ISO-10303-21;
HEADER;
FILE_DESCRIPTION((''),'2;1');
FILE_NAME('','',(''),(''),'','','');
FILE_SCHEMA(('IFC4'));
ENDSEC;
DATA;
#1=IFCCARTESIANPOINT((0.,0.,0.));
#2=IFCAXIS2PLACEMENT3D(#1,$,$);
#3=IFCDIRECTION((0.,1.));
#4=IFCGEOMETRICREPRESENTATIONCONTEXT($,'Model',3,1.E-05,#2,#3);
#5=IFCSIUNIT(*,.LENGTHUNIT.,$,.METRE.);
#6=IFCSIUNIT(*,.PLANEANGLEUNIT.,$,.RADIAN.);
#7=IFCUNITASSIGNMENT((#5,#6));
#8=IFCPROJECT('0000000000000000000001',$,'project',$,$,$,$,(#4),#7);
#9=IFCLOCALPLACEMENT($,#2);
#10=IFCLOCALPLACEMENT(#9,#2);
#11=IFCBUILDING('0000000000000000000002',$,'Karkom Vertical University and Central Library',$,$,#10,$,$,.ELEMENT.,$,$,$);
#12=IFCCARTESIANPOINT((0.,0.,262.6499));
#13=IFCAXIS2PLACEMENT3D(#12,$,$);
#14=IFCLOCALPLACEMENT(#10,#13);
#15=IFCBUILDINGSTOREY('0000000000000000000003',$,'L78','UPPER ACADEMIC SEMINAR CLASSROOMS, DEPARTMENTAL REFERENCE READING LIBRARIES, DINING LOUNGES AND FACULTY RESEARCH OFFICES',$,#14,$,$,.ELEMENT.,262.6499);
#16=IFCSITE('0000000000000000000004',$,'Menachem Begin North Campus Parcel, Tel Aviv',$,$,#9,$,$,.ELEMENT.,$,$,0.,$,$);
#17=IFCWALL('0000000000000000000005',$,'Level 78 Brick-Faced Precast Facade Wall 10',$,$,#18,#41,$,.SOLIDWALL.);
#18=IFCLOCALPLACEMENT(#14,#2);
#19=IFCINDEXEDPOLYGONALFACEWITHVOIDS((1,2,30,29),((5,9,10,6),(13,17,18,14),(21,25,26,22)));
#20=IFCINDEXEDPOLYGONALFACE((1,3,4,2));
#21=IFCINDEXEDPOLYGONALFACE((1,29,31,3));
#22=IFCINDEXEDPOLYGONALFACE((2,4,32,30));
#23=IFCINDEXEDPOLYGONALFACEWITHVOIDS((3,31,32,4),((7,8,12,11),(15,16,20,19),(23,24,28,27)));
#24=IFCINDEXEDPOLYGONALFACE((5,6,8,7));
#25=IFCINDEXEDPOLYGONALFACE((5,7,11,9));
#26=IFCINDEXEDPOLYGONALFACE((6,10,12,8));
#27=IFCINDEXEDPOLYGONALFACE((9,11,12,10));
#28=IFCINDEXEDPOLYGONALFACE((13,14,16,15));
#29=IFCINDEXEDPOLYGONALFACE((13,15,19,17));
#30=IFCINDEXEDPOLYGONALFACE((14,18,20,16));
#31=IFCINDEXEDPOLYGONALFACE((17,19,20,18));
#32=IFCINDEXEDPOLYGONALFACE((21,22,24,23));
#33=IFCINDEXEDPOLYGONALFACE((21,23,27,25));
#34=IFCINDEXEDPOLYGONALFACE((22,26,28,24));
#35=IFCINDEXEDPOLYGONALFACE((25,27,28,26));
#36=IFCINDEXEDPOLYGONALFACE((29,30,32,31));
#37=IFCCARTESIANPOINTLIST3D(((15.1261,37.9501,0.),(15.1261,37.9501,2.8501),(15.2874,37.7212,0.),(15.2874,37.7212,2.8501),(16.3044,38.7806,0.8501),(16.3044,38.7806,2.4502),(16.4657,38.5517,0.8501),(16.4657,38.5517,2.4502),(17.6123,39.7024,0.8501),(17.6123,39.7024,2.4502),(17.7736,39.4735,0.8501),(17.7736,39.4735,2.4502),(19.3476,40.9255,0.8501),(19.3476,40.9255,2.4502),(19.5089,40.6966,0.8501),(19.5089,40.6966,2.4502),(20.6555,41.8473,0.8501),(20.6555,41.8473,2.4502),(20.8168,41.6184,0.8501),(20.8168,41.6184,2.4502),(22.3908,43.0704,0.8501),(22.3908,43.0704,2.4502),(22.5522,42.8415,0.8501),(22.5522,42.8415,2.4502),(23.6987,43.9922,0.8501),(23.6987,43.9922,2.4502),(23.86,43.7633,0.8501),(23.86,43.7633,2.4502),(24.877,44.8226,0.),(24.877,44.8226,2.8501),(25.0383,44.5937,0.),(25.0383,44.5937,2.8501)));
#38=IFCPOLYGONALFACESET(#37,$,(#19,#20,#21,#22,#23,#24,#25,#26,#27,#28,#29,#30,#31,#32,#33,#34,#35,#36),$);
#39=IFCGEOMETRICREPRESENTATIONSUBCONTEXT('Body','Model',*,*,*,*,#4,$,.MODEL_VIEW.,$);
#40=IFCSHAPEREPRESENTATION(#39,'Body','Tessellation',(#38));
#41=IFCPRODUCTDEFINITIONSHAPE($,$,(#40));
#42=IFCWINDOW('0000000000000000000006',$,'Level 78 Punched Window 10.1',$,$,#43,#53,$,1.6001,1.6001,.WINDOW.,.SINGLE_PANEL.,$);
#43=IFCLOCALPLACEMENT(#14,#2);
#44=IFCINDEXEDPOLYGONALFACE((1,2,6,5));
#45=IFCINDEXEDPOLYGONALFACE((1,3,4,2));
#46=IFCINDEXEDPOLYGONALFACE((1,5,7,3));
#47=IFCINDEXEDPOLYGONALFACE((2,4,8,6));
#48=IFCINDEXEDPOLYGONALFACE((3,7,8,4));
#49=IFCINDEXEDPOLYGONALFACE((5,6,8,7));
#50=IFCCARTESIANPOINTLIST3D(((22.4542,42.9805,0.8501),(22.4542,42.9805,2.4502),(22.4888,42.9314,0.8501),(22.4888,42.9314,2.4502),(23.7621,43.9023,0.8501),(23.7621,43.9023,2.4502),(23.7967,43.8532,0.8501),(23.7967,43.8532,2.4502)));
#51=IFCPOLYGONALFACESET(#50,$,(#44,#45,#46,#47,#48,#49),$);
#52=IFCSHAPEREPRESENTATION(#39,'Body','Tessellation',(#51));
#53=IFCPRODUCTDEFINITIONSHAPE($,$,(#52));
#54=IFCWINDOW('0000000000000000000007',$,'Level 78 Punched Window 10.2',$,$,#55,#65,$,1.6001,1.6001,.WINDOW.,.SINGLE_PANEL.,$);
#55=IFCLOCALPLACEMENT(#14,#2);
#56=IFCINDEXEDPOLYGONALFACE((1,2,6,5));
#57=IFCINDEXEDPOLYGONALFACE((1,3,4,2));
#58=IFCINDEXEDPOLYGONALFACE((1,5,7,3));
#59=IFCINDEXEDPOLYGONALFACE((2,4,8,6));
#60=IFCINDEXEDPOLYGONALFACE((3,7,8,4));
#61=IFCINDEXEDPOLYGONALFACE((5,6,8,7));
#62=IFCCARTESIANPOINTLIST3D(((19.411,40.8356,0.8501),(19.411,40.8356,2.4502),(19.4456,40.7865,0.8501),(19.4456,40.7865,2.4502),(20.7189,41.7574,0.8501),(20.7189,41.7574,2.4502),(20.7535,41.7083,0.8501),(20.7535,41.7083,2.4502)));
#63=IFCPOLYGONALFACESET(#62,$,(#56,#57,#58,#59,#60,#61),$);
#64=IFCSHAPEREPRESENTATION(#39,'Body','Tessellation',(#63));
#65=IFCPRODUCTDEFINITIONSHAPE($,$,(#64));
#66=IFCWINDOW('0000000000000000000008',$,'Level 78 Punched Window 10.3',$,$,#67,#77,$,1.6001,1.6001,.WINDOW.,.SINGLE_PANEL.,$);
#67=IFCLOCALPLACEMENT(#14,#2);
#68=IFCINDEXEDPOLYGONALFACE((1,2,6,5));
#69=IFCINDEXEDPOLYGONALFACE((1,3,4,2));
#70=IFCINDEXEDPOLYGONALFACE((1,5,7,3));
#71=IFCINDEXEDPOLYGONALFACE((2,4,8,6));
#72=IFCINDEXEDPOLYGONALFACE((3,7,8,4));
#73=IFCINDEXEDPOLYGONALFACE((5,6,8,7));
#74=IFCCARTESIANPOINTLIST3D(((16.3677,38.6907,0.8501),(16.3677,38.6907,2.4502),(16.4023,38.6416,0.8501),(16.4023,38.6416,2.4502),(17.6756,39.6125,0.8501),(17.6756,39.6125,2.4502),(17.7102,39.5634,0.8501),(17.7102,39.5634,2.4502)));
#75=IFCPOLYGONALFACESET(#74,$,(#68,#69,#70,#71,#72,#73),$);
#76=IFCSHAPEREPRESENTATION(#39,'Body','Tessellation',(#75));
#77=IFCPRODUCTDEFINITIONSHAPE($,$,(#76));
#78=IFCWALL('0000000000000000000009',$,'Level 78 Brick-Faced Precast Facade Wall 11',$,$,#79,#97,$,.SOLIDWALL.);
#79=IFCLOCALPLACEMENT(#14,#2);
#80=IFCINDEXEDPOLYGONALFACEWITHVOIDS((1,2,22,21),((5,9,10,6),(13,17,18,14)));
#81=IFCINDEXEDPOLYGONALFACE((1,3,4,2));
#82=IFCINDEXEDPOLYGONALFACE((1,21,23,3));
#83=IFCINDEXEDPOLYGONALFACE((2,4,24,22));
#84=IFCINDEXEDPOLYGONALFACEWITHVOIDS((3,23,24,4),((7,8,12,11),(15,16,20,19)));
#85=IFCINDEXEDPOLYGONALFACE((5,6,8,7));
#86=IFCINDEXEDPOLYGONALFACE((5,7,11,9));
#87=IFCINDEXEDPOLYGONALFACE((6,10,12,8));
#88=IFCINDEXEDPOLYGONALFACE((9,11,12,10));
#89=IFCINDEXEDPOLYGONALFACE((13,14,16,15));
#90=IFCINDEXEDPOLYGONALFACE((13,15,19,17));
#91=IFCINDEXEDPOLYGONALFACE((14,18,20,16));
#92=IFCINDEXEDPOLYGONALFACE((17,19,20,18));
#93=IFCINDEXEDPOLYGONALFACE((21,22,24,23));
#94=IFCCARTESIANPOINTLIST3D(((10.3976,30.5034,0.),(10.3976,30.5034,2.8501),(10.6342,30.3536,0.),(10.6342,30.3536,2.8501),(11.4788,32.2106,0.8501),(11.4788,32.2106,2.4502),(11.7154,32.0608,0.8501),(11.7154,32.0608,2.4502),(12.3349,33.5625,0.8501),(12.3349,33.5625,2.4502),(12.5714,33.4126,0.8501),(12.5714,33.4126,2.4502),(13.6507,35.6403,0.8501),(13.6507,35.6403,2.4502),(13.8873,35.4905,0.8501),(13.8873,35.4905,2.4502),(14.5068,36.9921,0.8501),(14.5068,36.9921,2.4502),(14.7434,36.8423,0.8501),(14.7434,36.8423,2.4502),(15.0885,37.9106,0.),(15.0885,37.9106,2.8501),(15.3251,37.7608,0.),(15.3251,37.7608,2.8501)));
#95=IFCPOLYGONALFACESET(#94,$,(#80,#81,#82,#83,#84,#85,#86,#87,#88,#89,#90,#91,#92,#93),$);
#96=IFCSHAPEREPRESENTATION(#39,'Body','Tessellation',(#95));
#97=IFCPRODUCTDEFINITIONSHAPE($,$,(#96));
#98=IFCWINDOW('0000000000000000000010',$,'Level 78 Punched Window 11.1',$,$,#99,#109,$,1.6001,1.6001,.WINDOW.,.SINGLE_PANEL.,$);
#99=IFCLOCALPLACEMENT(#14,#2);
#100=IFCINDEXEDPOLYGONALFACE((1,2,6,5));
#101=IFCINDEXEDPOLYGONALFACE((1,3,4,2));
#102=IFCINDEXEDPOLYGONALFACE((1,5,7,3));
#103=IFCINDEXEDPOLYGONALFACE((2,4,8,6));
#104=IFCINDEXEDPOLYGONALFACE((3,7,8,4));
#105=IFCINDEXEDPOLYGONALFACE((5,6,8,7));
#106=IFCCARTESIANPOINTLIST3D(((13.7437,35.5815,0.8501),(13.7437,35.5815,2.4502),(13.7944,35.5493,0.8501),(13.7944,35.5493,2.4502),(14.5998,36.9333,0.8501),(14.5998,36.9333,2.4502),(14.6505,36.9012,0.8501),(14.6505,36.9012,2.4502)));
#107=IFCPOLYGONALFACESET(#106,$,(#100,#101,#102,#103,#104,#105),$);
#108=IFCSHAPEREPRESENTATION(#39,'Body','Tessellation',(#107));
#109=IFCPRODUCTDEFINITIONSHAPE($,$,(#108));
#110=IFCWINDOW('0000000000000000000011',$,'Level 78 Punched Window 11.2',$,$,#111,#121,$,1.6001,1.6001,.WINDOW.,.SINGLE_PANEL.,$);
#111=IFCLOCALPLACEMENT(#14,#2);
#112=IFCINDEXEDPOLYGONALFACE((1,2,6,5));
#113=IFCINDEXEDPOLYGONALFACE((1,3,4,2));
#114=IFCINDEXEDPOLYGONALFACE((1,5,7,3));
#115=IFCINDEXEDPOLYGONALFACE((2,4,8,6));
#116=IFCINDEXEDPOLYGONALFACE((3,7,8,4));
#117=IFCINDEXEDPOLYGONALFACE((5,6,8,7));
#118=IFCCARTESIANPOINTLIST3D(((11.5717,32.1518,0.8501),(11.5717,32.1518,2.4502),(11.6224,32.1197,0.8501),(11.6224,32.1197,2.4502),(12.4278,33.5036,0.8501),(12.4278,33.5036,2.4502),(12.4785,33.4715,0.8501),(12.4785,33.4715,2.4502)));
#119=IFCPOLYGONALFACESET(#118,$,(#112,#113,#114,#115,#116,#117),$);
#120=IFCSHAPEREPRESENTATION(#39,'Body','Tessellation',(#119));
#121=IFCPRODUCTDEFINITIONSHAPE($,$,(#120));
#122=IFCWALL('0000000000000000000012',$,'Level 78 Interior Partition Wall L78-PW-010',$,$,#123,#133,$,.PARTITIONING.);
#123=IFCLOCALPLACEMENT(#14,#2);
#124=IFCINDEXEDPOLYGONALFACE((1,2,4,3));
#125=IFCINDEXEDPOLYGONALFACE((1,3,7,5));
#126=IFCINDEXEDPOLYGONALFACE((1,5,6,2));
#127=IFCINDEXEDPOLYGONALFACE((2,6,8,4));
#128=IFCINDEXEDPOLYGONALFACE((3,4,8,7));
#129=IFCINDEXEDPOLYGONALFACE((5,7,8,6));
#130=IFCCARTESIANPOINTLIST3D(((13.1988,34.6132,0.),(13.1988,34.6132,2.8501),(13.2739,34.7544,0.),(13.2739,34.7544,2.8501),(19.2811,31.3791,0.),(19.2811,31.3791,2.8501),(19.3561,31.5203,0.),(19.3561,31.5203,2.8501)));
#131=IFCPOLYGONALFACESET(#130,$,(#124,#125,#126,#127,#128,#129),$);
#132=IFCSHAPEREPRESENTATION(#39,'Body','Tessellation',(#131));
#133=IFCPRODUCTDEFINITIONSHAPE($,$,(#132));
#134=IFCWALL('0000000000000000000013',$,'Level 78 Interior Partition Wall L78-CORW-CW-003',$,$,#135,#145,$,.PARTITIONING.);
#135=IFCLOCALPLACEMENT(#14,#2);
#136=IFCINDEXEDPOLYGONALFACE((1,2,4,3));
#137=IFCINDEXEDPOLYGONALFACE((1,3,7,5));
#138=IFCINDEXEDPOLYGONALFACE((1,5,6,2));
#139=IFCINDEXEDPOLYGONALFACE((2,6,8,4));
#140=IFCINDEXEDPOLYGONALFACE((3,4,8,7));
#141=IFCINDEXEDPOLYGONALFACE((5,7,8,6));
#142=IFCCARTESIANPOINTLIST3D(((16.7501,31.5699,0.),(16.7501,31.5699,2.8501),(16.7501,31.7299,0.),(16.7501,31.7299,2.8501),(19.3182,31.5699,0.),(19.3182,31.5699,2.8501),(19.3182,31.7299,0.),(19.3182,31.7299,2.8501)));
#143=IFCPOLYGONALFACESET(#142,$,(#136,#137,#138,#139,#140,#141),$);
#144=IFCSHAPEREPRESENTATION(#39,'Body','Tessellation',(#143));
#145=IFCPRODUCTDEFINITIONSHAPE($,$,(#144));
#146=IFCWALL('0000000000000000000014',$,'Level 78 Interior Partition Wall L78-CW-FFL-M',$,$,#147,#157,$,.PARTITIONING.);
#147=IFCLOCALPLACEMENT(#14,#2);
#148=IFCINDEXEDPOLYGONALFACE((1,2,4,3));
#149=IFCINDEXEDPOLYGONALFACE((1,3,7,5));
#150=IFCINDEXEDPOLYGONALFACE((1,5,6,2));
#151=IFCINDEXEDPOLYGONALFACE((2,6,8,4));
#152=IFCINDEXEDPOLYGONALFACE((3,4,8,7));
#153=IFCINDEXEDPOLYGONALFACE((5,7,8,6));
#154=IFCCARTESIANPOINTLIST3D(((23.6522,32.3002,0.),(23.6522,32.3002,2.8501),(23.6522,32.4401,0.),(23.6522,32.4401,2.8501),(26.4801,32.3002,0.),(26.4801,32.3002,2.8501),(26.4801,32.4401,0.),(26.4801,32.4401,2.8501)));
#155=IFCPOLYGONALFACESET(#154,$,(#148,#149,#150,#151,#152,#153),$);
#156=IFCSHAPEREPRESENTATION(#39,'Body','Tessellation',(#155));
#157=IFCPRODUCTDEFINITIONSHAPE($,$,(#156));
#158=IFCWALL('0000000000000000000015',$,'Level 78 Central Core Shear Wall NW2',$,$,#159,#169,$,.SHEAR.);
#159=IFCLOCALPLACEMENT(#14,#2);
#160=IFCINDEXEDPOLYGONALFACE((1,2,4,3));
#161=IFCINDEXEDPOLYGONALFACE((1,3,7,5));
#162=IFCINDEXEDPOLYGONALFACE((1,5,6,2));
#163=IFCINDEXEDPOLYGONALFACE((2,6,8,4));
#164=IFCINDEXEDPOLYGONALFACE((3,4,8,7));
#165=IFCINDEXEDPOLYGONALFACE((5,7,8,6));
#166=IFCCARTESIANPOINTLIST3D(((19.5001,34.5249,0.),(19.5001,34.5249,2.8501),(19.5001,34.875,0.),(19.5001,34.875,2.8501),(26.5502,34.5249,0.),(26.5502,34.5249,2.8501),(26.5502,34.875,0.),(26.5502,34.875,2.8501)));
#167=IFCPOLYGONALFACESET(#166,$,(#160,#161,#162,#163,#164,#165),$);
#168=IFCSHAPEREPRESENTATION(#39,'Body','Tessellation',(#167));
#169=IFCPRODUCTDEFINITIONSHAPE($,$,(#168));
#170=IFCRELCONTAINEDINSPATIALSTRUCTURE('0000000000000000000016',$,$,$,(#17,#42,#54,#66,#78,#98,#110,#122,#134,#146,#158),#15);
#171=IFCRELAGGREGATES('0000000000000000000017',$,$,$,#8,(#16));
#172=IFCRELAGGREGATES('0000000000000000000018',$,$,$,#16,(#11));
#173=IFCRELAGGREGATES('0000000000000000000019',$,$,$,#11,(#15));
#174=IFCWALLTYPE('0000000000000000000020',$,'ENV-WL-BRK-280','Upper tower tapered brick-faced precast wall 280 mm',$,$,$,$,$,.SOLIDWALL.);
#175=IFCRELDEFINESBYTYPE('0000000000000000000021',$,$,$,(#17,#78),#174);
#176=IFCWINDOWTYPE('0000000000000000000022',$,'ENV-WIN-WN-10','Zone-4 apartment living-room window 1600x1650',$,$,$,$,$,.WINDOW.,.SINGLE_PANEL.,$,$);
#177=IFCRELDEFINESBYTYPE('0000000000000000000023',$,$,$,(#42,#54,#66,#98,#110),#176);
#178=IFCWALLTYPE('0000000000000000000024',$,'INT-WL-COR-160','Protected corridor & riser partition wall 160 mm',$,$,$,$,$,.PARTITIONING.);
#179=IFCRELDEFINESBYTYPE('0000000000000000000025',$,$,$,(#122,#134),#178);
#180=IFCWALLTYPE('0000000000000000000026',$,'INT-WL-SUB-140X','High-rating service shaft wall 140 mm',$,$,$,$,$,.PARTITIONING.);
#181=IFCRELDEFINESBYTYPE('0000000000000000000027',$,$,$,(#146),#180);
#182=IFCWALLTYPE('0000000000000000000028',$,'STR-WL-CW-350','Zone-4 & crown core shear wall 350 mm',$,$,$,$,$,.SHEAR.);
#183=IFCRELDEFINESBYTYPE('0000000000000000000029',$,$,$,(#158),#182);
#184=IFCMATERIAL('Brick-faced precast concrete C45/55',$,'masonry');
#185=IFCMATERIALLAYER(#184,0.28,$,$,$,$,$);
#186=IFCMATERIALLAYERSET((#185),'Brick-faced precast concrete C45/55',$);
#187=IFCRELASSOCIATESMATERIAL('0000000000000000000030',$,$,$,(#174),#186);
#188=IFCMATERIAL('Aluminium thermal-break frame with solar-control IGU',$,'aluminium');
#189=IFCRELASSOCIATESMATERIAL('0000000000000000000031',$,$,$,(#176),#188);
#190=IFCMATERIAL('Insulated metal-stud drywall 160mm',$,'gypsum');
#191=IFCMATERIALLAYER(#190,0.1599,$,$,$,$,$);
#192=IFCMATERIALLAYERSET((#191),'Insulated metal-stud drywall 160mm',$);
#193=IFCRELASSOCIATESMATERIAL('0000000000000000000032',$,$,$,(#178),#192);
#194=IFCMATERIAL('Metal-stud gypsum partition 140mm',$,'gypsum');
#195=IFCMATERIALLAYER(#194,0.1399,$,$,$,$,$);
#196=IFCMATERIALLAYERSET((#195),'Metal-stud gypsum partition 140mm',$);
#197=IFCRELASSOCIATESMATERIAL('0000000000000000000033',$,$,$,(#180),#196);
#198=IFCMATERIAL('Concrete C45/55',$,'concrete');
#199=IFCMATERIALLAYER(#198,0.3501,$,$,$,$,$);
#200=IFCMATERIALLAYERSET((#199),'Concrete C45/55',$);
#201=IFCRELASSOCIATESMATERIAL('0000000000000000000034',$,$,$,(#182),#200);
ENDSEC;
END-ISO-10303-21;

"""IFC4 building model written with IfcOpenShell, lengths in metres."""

from ifc_helpers import new_model, si_unit, direction, frame, frame_2d, origin, origin_with_axes, place, context, subcontext, project, spatial, rectangle, extrude, source, transform, mapped, material, layer, layer_set, type_object, element, fill, save


model = new_model("IFC4")

# Units and contexts
model_context = context("Model", 3, precision=1e-05, world=origin(), true_north=direction((0.0, 1.0)))
body_context = subcontext(model_context, "Body", "Model", "MODEL_VIEW")
ifc_project = project(units=[si_unit("LENGTHUNIT", "METRE"), si_unit("PLANEANGLEUNIT", "RADIAN")], contexts=[model_context])

# Site, building, storey
site_placement = place(None, origin())
site = spatial("IfcSite", under=ifc_project, at=site_placement, Name="Menachem Begin North Campus Parcel, Tel Aviv", CompositionType="ELEMENT", RefElevation=0.0)
building_placement = place(site_placement, origin())
building = spatial("IfcBuilding", under=site, at=building_placement, Name="Karkom Vertical University and Central Library", CompositionType="ELEMENT")
storey_placement = place(building_placement, frame((0.0, 0.0, 262.6499)))
storey = spatial("IfcBuildingStorey", under=building, at=storey_placement, Name="L78", Description="UPPER ACADEMIC SEMINAR CLASSROOMS, DEPARTMENTAL REFERENCE READING LIBRARIES, DINING LOUNGES AND FACULTY RESEARCH OFFICES", CompositionType="ELEMENT", Elevation=262.6499)

# Shared definitions
ifc_material_1 = material(Name="Concrete C45/55", Category="concrete")

# Walls, openings, windows
ifc_material_2 = material(Name="Brick-faced precast concrete C45/55", Category="masonry")
ifc_layer_1 = layer(ifc_material_2, 0.28)
ifc_layer_set_1 = layer_set([ifc_layer_1], Name="Brick-faced precast concrete C45/55")
wall_type_1 = type_object("IfcWallType", Name="ENV-WL-BRK-280", Description="Upper tower tapered brick-faced precast wall 280 mm", PredefinedType="SOLIDWALL", material=ifc_layer_set_1)
wall_1_placement = place(storey_placement, frame((24.9578, 44.7083, 0.0), z_axis=(0.0, 0.0, 1.0), x_axis=(-0.817382, -0.576097, 0.0)))
wall_1 = element("IfcWall", 1, at=wall_1_placement, inside=storey, type_object=wall_type_1, Name="Level 78 Brick-Faced Precast Facade Wall 10", PredefinedType="SOLIDWALL", context=body_context, shape_type="SweptSolid", body=[
    extrude(rectangle(XDim=11.9294, YDim=0.28, at=frame_2d((5.9648, 0.0))), origin(), (0.0, 0.0, 1.0), 2.8501),
])
opening_1_placement = place(wall_1_placement, frame((1.4417, 0.0, 0.8501)))
opening_1 = element("IfcOpeningElement", 2, at=opening_1_placement, cuts=wall_1, PredefinedType="OPENING", context=body_context, shape_type="SweptSolid", body=[
    extrude(rectangle(XDim=1.6001, YDim=1.6001, at=frame_2d((0.8, 0.8))), frame((0.0, 0.1499, 0.0), z_axis=(0.0, -1.0, 0.0), x_axis=(1.0, 0.0, 0.0)), (0.0, 0.0, 1.0), 0.3),
])
opening_2_placement = place(wall_1_placement, frame((5.1648, 0.0, 0.8501)))
opening_2 = element("IfcOpeningElement", 3, at=opening_2_placement, cuts=wall_1, PredefinedType="OPENING", context=body_context, shape_type="SweptSolid", body=[
    extrude(rectangle(XDim=1.6001, YDim=1.6001, at=frame_2d((0.8, 0.8))), frame((0.0, 0.1499, 0.0), z_axis=(0.0, -1.0, 0.0), x_axis=(1.0, 0.0, 0.0)), (0.0, 0.0, 1.0), 0.3),
])
opening_3_placement = place(wall_1_placement, frame((8.8879, 0.0, 0.8501)))
opening_3 = element("IfcOpeningElement", 4, at=opening_3_placement, cuts=wall_1, PredefinedType="OPENING", context=body_context, shape_type="SweptSolid", body=[
    extrude(rectangle(XDim=1.6001, YDim=1.6001, at=frame_2d((0.8, 0.8))), frame((0.0, 0.1499, 0.0), z_axis=(0.0, -1.0, 0.0), x_axis=(1.0, 0.0, 0.0)), (0.0, 0.0, 1.0), 0.3),
])
ifc_material_3 = material(Name="Aluminium thermal-break frame with solar-control IGU", Category="aluminium")
window_type = type_object("IfcWindowType", Name="ENV-WIN-WN-10", Description="Zone-4 apartment living-room window 1600x1650", PartitioningType="SINGLE_PANEL", PredefinedType="WINDOW", material=ifc_material_3)
shared_shape_1 = source(origin_with_axes(), body_context, "Body", "SweptSolid", [
    extrude(rectangle(XDim=1.6001, YDim=1.6001, at=frame_2d((0.8, 0.8))), frame((0.0, 0.03, 0.0), z_axis=(0.0, -1.0, 0.0), x_axis=(1.0, 0.0, 0.0)), (0.0, 0.0, 1.0), 0.0601),
])
window_1_placement = place(opening_1_placement, origin())
window_1 = element("IfcWindow", 5, at=window_1_placement, inside=storey, type_object=window_type, Name="Level 78 Punched Window 10.1", OverallHeight=1.6001, OverallWidth=1.6001, PartitioningType="SINGLE_PANEL", PredefinedType="WINDOW", context=body_context, shape_type="MappedRepresentation", body=[
    mapped(shared_shape_1, transform((0.0, 0.0, 0.0), scale=1.0)),
])
fill(opening_1, window_1)
window_2_placement = place(opening_2_placement, origin())
window_2 = element("IfcWindow", 6, at=window_2_placement, inside=storey, type_object=window_type, Name="Level 78 Punched Window 10.2", OverallHeight=1.6001, OverallWidth=1.6001, PartitioningType="SINGLE_PANEL", PredefinedType="WINDOW", context=body_context, shape_type="MappedRepresentation", body=[
    mapped(shared_shape_1, transform((0.0, 0.0, 0.0), scale=1.0)),
])
fill(opening_2, window_2)
window_3_placement = place(opening_3_placement, origin())
window_3 = element("IfcWindow", 7, at=window_3_placement, inside=storey, type_object=window_type, Name="Level 78 Punched Window 10.3", OverallHeight=1.6001, OverallWidth=1.6001, PartitioningType="SINGLE_PANEL", PredefinedType="WINDOW", context=body_context, shape_type="MappedRepresentation", body=[
    mapped(shared_shape_1, transform((0.0, 0.0, 0.0), scale=1.0)),
])
fill(opening_3, window_3)
wall_2_placement = place(storey_placement, frame((15.2068, 37.8357, 0.0), z_axis=(0.0, 0.0, 1.0), x_axis=(-0.535026, -0.844836, 0.0)))
wall_2 = element("IfcWall", 8, at=wall_2_placement, inside=storey, type_object=wall_type_1, Name="Level 78 Brick-Faced Precast Facade Wall 11", PredefinedType="SOLIDWALL", context=body_context, shape_type="SweptSolid", body=[
    extrude(rectangle(XDim=8.7676, YDim=0.28, at=frame_2d((4.3838, 0.0))), origin(), (0.0, 0.0, 1.0), 2.8501),
])
opening_4_placement = place(wall_2_placement, frame((1.0872, 0.0, 0.8501)))
opening_4 = element("IfcOpeningElement", 9, at=opening_4_placement, cuts=wall_2, PredefinedType="OPENING", context=body_context, shape_type="SweptSolid", body=[
    extrude(rectangle(XDim=1.6001, YDim=1.6001, at=frame_2d((0.8, 0.8))), frame((0.0, 0.1499, 0.0), z_axis=(0.0, -1.0, 0.0), x_axis=(1.0, 0.0, 0.0)), (0.0, 0.0, 1.0), 0.3),
])
opening_5_placement = place(wall_2_placement, frame((5.1467, 0.0, 0.8501)))
opening_5 = element("IfcOpeningElement", 10, at=opening_5_placement, cuts=wall_2, PredefinedType="OPENING", context=body_context, shape_type="SweptSolid", body=[
    extrude(rectangle(XDim=1.6001, YDim=1.6001, at=frame_2d((0.8, 0.8))), frame((0.0, 0.1499, 0.0), z_axis=(0.0, -1.0, 0.0), x_axis=(1.0, 0.0, 0.0)), (0.0, 0.0, 1.0), 0.3),
])
window_4_placement = place(opening_4_placement, origin())
window_4 = element("IfcWindow", 11, at=window_4_placement, inside=storey, type_object=window_type, Name="Level 78 Punched Window 11.1", OverallHeight=1.6001, OverallWidth=1.6001, PartitioningType="SINGLE_PANEL", PredefinedType="WINDOW", context=body_context, shape_type="MappedRepresentation", body=[
    mapped(shared_shape_1, transform((0.0, 0.0, 0.0), scale=1.0)),
])
fill(opening_4, window_4)
window_5_placement = place(opening_5_placement, origin())
window_5 = element("IfcWindow", 12, at=window_5_placement, inside=storey, type_object=window_type, Name="Level 78 Punched Window 11.2", OverallHeight=1.6001, OverallWidth=1.6001, PartitioningType="SINGLE_PANEL", PredefinedType="WINDOW", context=body_context, shape_type="MappedRepresentation", body=[
    mapped(shared_shape_1, transform((0.0, 0.0, 0.0), scale=1.0)),
])
fill(opening_5, window_5)

# Walls
ifc_material_4 = material(Name="Insulated metal-stud drywall 160mm", Category="gypsum")
ifc_layer_2 = layer(ifc_material_4, 0.1599)
ifc_layer_set_2 = layer_set([ifc_layer_2], Name="Insulated metal-stud drywall 160mm")
wall_type_2 = type_object("IfcWallType", Name="INT-WL-COR-160", Description="Protected corridor & riser partition wall 160 mm", PredefinedType="PARTITIONING", material=ifc_layer_set_2)
wall_3_placement = place(storey_placement, frame((19.3186, 31.4497, 0.0), z_axis=(0.0, 0.0, 1.0), x_axis=(-0.88294, 0.469486, 0.0)))
element("IfcWall", 13, at=wall_3_placement, inside=storey, type_object=wall_type_2, Name="Level 78 Interior Partition Wall L78-PW-010", PredefinedType="PARTITIONING", context=body_context, shape_type="SweptSolid", body=[
    extrude(rectangle(XDim=6.8887, YDim=0.1599, at=frame_2d((3.4443, 0.0))), origin(), (0.0, 0.0, 1.0), 2.8501),
])
wall_4_placement = place(storey_placement, frame((16.75, 31.6499, 0.0), z_axis=(0.0, 0.0, 1.0), x_axis=(1.0, 0.0, 0.0)))
element("IfcWall", 14, at=wall_4_placement, inside=storey, type_object=wall_type_2, Name="Level 78 Interior Partition Wall L78-CORW-CW-003", PredefinedType="PARTITIONING", context=body_context, shape_type="SweptSolid", body=[
    extrude(rectangle(XDim=2.5681, YDim=0.1599, at=frame_2d((1.2842, 0.0))), origin(), (0.0, 0.0, 1.0), 2.8501),
])
ifc_material_5 = material(Name="Metal-stud gypsum partition 140mm", Category="gypsum")
ifc_layer_3 = layer(ifc_material_5, 0.1399)
ifc_layer_set_3 = layer_set([ifc_layer_3], Name="Metal-stud gypsum partition 140mm")
wall_type_3 = type_object("IfcWallType", Name="INT-WL-SUB-140X", Description="High-rating service shaft wall 140 mm", PredefinedType="PARTITIONING", material=ifc_layer_set_3)
wall_5_placement = place(storey_placement, frame((23.6521, 32.3701, 0.0), z_axis=(0.0, 0.0, 1.0), x_axis=(1.0, 0.0, 0.0)))
element("IfcWall", 15, at=wall_5_placement, inside=storey, type_object=wall_type_3, Name="Level 78 Interior Partition Wall L78-CW-FFL-M", PredefinedType="PARTITIONING", context=body_context, shape_type="SweptSolid", body=[
    extrude(rectangle(XDim=2.8279, YDim=0.1399, at=frame_2d((1.4141, 0.0))), origin(), (0.0, 0.0, 1.0), 2.8501),
])
ifc_layer_4 = layer(ifc_material_1, 0.3501)
ifc_layer_set_4 = layer_set([ifc_layer_4], Name="Concrete C45/55")
wall_type_4 = type_object("IfcWallType", Name="STR-WL-CW-350", Description="Zone-4 & crown core shear wall 350 mm", PredefinedType="SHEAR", material=ifc_layer_set_4)
wall_6_placement = place(storey_placement, frame((26.55, 34.7, 0.0), z_axis=(0.0, 0.0, 1.0), x_axis=(-1.0, 0.0, 0.0)))
element("IfcWall", 16, at=wall_6_placement, inside=storey, type_object=wall_type_4, Name="Level 78 Central Core Shear Wall NW2", PredefinedType="SHEAR", context=body_context, shape_type="SweptSolid", body=[
    extrude(rectangle(XDim=7.05, YDim=0.3501, at=frame_2d((3.5249, 0.0))), origin(), (0.0, 0.0, 1.0), 2.8501),
])

save(model, "model.ifc")
